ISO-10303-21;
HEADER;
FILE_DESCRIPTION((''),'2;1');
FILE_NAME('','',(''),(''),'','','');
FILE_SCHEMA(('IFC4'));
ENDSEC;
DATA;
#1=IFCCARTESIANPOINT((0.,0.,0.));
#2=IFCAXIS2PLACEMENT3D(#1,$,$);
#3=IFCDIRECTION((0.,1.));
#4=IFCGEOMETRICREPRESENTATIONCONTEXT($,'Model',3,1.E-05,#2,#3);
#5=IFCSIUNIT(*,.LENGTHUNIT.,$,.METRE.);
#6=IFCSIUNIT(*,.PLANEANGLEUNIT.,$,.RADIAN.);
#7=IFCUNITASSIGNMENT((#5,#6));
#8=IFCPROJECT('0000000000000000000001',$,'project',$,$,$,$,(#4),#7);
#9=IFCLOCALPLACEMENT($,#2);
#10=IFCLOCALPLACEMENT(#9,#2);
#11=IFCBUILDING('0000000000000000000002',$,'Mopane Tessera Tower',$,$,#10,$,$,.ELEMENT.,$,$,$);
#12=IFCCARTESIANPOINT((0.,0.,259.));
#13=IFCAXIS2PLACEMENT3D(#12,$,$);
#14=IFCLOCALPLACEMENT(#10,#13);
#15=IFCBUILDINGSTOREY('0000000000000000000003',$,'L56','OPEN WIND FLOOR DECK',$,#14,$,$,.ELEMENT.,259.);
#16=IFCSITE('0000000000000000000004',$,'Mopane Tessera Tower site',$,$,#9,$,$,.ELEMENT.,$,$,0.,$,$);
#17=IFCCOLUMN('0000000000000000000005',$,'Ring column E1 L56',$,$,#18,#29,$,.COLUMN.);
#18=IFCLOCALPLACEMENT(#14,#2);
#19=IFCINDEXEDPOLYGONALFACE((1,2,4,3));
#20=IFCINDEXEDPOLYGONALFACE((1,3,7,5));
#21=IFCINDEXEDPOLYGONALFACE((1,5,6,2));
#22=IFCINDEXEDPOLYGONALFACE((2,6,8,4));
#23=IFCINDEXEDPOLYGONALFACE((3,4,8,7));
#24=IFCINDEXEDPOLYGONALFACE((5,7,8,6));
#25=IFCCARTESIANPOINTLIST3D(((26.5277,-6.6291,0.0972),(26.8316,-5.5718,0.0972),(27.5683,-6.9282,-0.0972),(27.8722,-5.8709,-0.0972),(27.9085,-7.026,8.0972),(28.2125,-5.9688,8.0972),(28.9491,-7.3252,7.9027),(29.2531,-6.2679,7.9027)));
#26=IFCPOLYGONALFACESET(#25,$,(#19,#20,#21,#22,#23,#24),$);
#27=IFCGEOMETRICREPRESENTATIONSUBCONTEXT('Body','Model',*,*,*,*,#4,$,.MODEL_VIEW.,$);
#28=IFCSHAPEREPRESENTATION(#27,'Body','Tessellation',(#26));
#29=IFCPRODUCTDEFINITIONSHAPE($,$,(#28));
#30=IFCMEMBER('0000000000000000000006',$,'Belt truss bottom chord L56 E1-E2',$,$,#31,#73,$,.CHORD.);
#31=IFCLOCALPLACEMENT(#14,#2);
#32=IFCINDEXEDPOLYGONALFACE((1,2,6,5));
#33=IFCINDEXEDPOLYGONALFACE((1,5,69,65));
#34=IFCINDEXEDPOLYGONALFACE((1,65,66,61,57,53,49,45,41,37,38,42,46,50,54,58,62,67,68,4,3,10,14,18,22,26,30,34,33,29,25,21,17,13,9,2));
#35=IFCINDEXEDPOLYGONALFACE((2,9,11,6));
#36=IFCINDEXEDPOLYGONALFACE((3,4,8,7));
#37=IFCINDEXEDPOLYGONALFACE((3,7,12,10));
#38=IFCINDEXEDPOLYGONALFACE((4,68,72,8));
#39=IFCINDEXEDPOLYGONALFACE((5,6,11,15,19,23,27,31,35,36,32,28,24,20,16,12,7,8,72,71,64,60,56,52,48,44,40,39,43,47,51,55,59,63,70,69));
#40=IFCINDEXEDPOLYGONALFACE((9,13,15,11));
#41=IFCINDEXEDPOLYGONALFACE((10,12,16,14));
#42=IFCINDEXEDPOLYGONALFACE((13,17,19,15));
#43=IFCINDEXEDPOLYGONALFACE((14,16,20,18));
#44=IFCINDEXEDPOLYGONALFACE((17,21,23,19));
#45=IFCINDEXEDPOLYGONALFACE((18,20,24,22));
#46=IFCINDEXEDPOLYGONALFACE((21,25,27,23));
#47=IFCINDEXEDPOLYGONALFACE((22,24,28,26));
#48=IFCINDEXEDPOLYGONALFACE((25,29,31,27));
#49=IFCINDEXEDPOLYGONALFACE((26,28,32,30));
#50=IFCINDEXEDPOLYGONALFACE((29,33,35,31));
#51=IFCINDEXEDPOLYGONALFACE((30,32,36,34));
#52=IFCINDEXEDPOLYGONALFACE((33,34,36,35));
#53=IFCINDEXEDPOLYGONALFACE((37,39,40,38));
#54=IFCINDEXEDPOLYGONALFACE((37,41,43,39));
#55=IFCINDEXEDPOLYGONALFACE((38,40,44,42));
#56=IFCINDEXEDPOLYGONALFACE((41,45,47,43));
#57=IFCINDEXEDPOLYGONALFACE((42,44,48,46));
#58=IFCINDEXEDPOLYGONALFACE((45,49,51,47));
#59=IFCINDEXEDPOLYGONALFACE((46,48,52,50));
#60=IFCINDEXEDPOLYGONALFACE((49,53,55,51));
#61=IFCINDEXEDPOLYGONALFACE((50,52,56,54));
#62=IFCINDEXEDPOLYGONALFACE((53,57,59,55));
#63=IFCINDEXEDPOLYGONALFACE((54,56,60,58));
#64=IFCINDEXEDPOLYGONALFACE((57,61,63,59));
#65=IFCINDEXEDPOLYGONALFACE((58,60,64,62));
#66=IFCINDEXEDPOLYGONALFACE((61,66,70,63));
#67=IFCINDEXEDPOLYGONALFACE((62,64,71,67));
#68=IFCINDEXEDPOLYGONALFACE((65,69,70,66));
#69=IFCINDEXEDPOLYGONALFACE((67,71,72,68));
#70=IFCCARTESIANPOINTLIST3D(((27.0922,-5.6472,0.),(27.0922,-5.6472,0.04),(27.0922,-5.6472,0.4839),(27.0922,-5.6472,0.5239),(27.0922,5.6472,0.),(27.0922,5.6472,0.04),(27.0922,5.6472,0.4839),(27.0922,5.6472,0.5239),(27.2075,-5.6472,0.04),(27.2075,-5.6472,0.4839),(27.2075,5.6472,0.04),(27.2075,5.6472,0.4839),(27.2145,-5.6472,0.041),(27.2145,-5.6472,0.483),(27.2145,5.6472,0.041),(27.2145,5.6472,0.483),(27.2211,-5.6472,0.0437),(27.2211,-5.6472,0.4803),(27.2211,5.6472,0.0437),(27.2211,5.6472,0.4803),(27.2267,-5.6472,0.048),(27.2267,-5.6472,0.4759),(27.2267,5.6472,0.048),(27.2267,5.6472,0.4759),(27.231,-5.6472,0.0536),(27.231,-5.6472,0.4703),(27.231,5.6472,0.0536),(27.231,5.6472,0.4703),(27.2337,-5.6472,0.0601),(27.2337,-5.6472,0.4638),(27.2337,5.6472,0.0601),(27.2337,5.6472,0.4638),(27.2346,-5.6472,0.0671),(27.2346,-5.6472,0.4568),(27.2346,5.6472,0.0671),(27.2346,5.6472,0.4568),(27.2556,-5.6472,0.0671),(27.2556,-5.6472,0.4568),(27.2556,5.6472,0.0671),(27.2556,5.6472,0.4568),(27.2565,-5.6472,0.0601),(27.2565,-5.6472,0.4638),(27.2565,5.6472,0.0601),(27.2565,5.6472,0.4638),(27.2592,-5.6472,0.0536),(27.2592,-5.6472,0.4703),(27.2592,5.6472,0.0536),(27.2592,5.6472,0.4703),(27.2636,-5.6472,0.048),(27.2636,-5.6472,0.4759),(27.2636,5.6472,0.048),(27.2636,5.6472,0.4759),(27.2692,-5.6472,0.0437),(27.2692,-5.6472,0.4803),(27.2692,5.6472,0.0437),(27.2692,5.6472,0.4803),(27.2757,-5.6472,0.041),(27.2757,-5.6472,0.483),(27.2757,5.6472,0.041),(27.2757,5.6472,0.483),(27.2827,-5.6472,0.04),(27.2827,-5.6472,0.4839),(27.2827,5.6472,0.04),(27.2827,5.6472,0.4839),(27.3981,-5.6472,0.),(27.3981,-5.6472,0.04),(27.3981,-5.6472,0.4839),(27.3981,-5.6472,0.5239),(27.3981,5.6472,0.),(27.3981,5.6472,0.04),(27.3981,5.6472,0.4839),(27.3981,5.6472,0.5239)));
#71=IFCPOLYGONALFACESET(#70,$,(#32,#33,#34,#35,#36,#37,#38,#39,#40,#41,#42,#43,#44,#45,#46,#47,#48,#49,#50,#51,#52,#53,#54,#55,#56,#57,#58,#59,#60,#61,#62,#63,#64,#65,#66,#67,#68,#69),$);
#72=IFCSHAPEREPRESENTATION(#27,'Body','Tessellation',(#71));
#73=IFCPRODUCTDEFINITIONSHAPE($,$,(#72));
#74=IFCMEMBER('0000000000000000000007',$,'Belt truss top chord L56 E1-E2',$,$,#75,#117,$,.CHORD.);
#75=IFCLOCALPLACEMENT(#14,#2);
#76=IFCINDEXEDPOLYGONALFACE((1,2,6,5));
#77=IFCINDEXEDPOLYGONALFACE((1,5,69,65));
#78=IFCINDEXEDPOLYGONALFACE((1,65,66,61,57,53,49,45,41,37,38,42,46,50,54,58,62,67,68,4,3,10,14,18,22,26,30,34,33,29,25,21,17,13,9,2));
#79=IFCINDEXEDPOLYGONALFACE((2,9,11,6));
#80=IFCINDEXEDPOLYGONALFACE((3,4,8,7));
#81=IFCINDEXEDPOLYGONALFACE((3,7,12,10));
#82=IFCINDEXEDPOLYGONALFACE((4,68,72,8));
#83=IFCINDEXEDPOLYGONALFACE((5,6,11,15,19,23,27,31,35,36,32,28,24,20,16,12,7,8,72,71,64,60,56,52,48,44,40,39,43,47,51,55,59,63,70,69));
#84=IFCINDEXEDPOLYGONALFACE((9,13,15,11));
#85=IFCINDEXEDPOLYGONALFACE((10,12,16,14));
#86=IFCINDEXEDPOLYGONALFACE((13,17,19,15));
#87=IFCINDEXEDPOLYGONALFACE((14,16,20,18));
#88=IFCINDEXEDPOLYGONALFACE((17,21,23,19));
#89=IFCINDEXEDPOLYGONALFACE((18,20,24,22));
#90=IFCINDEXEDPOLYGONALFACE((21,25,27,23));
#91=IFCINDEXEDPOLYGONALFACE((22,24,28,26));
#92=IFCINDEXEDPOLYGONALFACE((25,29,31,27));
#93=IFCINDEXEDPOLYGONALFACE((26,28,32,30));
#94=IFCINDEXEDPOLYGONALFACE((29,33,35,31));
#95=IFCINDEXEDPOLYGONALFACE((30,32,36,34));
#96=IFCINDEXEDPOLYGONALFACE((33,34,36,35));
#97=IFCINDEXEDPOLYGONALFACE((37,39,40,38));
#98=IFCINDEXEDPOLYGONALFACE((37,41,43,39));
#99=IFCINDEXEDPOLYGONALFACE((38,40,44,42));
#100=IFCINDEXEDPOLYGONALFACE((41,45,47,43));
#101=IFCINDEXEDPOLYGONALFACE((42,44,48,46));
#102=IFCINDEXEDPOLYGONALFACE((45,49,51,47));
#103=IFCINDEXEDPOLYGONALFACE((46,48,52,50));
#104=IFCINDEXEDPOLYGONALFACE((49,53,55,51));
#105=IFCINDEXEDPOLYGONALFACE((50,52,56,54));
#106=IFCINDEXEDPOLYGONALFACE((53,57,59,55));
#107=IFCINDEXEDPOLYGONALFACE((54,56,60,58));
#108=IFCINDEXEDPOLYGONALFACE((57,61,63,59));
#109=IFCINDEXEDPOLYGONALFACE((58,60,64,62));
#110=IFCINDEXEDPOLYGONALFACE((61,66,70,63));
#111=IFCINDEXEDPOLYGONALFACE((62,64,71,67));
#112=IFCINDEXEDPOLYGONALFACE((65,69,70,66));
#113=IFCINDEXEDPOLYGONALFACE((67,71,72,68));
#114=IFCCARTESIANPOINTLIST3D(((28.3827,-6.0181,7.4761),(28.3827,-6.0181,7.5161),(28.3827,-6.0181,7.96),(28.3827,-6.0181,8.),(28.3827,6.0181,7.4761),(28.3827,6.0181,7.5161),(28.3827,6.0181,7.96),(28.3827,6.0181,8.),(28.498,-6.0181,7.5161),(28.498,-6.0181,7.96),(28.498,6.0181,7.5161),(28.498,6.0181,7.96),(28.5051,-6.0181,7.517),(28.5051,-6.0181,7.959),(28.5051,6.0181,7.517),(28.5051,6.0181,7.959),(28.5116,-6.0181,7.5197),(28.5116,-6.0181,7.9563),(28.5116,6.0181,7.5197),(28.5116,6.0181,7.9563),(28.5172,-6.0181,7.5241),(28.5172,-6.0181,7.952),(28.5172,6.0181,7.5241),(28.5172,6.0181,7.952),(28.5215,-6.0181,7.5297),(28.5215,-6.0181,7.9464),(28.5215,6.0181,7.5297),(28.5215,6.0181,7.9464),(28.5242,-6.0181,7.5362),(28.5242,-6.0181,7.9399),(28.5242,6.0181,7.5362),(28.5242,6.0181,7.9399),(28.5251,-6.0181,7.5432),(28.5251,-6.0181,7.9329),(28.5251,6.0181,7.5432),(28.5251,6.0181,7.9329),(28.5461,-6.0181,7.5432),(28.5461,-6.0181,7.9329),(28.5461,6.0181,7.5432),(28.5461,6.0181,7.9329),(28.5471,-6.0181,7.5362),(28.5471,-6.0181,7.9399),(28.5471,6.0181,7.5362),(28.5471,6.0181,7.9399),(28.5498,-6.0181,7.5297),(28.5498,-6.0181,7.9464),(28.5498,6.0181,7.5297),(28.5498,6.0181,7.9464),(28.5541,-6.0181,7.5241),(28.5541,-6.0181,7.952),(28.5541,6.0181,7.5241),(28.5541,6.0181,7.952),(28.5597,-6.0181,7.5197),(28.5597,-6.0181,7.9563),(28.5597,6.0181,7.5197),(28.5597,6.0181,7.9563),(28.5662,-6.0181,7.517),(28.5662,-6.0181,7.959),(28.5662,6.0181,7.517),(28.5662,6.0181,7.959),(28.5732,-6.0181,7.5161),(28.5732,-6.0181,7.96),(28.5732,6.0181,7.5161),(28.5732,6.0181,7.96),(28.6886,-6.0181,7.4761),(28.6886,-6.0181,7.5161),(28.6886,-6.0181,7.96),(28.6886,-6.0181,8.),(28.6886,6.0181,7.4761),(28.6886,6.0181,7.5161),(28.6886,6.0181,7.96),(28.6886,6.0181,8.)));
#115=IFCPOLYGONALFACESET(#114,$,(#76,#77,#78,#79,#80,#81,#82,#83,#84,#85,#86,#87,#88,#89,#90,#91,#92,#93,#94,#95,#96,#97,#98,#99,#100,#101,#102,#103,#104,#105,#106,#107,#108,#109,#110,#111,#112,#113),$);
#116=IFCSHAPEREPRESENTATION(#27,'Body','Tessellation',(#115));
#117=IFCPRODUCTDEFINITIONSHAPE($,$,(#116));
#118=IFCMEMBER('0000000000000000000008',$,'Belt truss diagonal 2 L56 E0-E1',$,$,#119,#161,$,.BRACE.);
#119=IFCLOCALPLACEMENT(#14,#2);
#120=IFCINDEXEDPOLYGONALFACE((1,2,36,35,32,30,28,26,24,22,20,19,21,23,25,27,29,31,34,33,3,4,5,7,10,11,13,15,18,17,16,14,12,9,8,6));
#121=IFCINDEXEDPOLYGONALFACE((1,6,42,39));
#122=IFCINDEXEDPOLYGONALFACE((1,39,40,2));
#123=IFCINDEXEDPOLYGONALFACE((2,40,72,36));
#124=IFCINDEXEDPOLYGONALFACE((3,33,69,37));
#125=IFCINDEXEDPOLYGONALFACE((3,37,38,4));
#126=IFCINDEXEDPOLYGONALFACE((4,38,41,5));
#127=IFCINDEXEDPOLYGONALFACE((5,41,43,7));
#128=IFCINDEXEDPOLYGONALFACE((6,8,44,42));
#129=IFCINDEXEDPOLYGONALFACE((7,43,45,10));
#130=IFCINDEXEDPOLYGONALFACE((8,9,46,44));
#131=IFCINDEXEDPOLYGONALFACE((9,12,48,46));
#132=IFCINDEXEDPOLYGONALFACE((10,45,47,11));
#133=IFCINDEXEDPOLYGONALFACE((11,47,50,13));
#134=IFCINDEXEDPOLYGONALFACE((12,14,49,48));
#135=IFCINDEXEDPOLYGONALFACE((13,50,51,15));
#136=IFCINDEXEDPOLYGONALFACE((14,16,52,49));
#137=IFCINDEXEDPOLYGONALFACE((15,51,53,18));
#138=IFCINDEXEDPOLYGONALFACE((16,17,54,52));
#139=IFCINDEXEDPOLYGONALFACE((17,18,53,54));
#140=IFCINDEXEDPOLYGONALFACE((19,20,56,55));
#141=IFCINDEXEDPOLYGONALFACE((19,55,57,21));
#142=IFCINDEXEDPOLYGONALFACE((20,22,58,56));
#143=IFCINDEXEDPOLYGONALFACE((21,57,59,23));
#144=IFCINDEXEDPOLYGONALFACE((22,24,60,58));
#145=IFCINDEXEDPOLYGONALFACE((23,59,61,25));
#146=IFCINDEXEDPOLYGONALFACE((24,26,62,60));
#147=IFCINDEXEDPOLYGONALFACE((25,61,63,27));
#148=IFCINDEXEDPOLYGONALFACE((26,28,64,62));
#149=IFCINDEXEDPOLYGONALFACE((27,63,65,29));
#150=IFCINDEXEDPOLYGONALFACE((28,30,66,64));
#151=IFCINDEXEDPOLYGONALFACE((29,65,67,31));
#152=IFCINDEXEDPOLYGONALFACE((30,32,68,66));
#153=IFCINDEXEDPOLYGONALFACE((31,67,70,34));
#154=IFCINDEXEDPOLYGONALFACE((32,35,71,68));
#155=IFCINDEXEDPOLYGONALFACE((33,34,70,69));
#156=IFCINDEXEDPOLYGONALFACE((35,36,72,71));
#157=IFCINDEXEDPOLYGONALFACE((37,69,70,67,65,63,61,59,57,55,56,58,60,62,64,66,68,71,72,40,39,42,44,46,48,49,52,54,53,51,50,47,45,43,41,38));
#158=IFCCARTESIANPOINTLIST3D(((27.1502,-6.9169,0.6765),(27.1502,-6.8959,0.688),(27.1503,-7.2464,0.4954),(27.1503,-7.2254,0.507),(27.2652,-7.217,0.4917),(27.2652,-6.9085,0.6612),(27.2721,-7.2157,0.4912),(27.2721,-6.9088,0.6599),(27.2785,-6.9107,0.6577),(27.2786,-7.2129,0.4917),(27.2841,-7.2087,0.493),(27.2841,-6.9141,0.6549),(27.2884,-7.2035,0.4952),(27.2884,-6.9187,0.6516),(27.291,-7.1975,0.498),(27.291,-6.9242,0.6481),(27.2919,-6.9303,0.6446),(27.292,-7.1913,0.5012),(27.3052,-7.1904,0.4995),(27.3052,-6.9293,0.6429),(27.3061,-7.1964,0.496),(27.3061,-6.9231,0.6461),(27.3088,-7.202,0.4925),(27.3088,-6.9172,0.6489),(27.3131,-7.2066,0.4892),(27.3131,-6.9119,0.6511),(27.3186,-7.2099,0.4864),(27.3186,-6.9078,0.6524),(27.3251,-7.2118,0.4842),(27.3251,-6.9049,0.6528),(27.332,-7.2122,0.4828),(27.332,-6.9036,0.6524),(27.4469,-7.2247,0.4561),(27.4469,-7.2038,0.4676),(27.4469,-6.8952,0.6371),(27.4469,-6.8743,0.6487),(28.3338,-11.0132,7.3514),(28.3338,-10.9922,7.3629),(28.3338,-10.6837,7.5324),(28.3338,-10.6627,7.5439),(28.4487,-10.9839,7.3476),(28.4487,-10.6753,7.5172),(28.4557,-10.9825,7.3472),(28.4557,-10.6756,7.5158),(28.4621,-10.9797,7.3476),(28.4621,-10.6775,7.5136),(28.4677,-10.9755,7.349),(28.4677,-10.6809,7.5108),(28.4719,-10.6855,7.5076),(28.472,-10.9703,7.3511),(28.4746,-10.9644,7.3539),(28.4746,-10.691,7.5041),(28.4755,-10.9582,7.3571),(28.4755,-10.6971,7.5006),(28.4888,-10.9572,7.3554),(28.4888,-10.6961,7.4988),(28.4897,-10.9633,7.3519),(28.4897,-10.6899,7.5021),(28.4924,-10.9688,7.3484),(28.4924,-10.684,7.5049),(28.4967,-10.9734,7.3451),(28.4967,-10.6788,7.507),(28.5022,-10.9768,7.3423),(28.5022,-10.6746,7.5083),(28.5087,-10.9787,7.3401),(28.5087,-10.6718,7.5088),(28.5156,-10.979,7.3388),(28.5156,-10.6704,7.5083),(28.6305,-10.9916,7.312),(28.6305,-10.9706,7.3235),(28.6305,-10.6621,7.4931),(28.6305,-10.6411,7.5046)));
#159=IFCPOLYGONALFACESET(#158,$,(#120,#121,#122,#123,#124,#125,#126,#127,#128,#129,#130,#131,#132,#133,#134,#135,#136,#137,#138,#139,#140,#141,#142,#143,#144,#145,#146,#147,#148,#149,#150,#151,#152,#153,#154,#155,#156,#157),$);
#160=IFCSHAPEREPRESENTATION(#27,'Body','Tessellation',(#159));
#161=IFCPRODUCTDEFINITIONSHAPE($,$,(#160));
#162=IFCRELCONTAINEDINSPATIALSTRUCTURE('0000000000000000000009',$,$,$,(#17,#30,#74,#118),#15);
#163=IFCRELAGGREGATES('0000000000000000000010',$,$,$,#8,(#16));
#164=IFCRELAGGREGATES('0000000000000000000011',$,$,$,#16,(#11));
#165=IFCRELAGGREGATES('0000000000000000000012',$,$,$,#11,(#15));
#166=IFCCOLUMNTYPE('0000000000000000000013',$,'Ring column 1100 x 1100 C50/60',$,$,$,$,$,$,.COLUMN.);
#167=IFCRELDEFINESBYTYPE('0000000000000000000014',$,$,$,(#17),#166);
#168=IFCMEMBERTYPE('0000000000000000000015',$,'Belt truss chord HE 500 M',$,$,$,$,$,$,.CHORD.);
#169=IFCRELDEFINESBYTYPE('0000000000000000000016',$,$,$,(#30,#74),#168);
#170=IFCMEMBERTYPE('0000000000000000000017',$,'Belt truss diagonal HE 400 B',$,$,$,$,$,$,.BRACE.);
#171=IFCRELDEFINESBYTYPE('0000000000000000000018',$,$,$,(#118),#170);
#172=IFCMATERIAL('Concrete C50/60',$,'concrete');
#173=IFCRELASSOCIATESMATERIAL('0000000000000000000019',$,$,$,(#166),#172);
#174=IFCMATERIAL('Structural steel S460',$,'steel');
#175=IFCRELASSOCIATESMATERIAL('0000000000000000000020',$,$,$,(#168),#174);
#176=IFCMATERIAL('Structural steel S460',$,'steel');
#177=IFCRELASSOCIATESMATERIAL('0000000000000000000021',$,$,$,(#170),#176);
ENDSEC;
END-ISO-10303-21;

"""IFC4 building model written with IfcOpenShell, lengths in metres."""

from ifc_helpers import new_model, si_unit, direction, frame, origin, origin_2d, place, context, subcontext, project, spatial, rectangle, i_section, extrude, material, material_profile, profile_set, type_object, element, save


model = new_model("IFC4")

# Units and contexts
model_context = context("Model", 3, precision=1e-05, world=origin(), true_north=direction((0.0, 1.0)))
body_context = subcontext(model_context, "Body", "Model", "MODEL_VIEW")
ifc_project = project(units=[si_unit("LENGTHUNIT", "METRE"), si_unit("PLANEANGLEUNIT", "RADIAN")], contexts=[model_context])

# Site, building, storey
site_placement = place(None, origin())
site = spatial("IfcSite", under=ifc_project, at=site_placement, Name="Mopane Tessera Tower site", CompositionType="ELEMENT", RefElevation=0.0)
building_placement = place(site_placement, origin())
building = spatial("IfcBuilding", under=site, at=building_placement, Name="Mopane Tessera Tower", CompositionType="ELEMENT")
storey_placement = place(building_placement, frame((0.0, 0.0, 259.0)))
storey = spatial("IfcBuildingStorey", under=building, at=storey_placement, Name="L56", Description="OPEN WIND FLOOR DECK", CompositionType="ELEMENT", Elevation=259.0)

# Column
ifc_material_1 = material(Name="Concrete C50/60", Category="concrete")
ifc_material_profile_1 = material_profile(ifc_material_1, rectangle(XDim=1.1001, YDim=1.1001, at=origin_2d()))
ifc_profile_set_1 = profile_set([ifc_material_profile_1], Name="Concrete C50/60")
column_type = type_object("IfcColumnType", Name="Ring column 1100 x 1100 C50/60", PredefinedType="COLUMN", material=ifc_profile_set_1)
column_placement = place(storey_placement, frame((27.2, -6.25, 0.0), z_axis=(0.169889, -0.04884, 0.984252), x_axis=(0.276292, 0.961074, 0.0)))
element("IfcColumn", 1, at=column_placement, inside=storey, type_object=column_type, Name="Ring column E1 L56", PredefinedType="COLUMN", context=body_context, shape_type="SweptSolid", body=[
    extrude(rectangle(XDim=1.1001, YDim=1.1001, at=origin_2d()), origin(), (0.0, 0.0, 1.0), 8.1279),
])

# Members
ifc_material_2 = material(Name="Structural steel S460", Category="steel")
ifc_material_profile_2 = material_profile(ifc_material_2, i_section(OverallWidth=0.3059, OverallDepth=0.5239, WebThickness=0.021, FlangeThickness=0.04, FilletRadius=0.0271, at=origin_2d()))
ifc_profile_set_2 = profile_set([ifc_material_profile_2], Name="Structural steel S460")
member_type_1 = type_object("IfcMemberType", Name="Belt truss chord HE 500 M", PredefinedType="CHORD", material=ifc_profile_set_2)
member_1_placement = place(storey_placement, frame((27.2451, -5.6472, 0.262), z_axis=(0.0, 1.0, 0.0), x_axis=(-1.0, 0.0, 0.0)))
element("IfcMember", 2, at=member_1_placement, inside=storey, type_object=member_type_1, Name="Belt truss bottom chord L56 E1-E2", PredefinedType="CHORD", context=body_context, shape_type="SweptSolid", body=[
    extrude(i_section(OverallWidth=0.3059, OverallDepth=0.5239, WebThickness=0.021, FlangeThickness=0.04, FilletRadius=0.0271, at=origin_2d()), origin(), (0.0, 0.0, 1.0), 11.2944),
])
member_2_placement = place(storey_placement, frame((28.5356, -6.0181, 7.738), z_axis=(0.0, 1.0, 0.0), x_axis=(-1.0, 0.0, 0.0)))
element("IfcMember", 3, at=member_2_placement, inside=storey, type_object=member_type_1, Name="Belt truss top chord L56 E1-E2", PredefinedType="CHORD", context=body_context, shape_type="SweptSolid", body=[
    extrude(i_section(OverallWidth=0.3059, OverallDepth=0.5239, WebThickness=0.021, FlangeThickness=0.04, FilletRadius=0.0271, at=origin_2d()), origin(), (0.0, 0.0, 1.0), 12.0361),
])
ifc_material_3 = material(Name="Structural steel S460", Category="steel")
ifc_material_profile_3 = material_profile(ifc_material_3, i_section(OverallWidth=0.3, OverallDepth=0.3999, WebThickness=0.0134, FlangeThickness=0.0239, FilletRadius=0.0271, at=origin_2d()))
ifc_profile_set_3 = profile_set([ifc_material_profile_3], Name="Structural steel S460")
member_type_2 = type_object("IfcMemberType", Name="Belt truss diagonal HE 400 B", PredefinedType="BRACE", material=ifc_profile_set_3)
member_3_placement = place(storey_placement, frame((28.4822, -10.8271, 7.428), z_axis=(-0.149601, 0.476114, -0.866565), x_axis=(-0.988746, -0.072053, 0.131107)))
element("IfcMember", 4, at=member_3_placement, inside=storey, type_object=member_type_2, Name="Belt truss diagonal 2 L56 E0-E1", PredefinedType="BRACE", context=body_context, shape_type="SweptSolid", body=[
    extrude(i_section(OverallWidth=0.3, OverallDepth=0.3999, WebThickness=0.0134, FlangeThickness=0.0239, FilletRadius=0.0271, at=origin_2d()), origin(), (0.0, 0.0, 1.0), 7.9116),
])

save(model, "model.ifc")
